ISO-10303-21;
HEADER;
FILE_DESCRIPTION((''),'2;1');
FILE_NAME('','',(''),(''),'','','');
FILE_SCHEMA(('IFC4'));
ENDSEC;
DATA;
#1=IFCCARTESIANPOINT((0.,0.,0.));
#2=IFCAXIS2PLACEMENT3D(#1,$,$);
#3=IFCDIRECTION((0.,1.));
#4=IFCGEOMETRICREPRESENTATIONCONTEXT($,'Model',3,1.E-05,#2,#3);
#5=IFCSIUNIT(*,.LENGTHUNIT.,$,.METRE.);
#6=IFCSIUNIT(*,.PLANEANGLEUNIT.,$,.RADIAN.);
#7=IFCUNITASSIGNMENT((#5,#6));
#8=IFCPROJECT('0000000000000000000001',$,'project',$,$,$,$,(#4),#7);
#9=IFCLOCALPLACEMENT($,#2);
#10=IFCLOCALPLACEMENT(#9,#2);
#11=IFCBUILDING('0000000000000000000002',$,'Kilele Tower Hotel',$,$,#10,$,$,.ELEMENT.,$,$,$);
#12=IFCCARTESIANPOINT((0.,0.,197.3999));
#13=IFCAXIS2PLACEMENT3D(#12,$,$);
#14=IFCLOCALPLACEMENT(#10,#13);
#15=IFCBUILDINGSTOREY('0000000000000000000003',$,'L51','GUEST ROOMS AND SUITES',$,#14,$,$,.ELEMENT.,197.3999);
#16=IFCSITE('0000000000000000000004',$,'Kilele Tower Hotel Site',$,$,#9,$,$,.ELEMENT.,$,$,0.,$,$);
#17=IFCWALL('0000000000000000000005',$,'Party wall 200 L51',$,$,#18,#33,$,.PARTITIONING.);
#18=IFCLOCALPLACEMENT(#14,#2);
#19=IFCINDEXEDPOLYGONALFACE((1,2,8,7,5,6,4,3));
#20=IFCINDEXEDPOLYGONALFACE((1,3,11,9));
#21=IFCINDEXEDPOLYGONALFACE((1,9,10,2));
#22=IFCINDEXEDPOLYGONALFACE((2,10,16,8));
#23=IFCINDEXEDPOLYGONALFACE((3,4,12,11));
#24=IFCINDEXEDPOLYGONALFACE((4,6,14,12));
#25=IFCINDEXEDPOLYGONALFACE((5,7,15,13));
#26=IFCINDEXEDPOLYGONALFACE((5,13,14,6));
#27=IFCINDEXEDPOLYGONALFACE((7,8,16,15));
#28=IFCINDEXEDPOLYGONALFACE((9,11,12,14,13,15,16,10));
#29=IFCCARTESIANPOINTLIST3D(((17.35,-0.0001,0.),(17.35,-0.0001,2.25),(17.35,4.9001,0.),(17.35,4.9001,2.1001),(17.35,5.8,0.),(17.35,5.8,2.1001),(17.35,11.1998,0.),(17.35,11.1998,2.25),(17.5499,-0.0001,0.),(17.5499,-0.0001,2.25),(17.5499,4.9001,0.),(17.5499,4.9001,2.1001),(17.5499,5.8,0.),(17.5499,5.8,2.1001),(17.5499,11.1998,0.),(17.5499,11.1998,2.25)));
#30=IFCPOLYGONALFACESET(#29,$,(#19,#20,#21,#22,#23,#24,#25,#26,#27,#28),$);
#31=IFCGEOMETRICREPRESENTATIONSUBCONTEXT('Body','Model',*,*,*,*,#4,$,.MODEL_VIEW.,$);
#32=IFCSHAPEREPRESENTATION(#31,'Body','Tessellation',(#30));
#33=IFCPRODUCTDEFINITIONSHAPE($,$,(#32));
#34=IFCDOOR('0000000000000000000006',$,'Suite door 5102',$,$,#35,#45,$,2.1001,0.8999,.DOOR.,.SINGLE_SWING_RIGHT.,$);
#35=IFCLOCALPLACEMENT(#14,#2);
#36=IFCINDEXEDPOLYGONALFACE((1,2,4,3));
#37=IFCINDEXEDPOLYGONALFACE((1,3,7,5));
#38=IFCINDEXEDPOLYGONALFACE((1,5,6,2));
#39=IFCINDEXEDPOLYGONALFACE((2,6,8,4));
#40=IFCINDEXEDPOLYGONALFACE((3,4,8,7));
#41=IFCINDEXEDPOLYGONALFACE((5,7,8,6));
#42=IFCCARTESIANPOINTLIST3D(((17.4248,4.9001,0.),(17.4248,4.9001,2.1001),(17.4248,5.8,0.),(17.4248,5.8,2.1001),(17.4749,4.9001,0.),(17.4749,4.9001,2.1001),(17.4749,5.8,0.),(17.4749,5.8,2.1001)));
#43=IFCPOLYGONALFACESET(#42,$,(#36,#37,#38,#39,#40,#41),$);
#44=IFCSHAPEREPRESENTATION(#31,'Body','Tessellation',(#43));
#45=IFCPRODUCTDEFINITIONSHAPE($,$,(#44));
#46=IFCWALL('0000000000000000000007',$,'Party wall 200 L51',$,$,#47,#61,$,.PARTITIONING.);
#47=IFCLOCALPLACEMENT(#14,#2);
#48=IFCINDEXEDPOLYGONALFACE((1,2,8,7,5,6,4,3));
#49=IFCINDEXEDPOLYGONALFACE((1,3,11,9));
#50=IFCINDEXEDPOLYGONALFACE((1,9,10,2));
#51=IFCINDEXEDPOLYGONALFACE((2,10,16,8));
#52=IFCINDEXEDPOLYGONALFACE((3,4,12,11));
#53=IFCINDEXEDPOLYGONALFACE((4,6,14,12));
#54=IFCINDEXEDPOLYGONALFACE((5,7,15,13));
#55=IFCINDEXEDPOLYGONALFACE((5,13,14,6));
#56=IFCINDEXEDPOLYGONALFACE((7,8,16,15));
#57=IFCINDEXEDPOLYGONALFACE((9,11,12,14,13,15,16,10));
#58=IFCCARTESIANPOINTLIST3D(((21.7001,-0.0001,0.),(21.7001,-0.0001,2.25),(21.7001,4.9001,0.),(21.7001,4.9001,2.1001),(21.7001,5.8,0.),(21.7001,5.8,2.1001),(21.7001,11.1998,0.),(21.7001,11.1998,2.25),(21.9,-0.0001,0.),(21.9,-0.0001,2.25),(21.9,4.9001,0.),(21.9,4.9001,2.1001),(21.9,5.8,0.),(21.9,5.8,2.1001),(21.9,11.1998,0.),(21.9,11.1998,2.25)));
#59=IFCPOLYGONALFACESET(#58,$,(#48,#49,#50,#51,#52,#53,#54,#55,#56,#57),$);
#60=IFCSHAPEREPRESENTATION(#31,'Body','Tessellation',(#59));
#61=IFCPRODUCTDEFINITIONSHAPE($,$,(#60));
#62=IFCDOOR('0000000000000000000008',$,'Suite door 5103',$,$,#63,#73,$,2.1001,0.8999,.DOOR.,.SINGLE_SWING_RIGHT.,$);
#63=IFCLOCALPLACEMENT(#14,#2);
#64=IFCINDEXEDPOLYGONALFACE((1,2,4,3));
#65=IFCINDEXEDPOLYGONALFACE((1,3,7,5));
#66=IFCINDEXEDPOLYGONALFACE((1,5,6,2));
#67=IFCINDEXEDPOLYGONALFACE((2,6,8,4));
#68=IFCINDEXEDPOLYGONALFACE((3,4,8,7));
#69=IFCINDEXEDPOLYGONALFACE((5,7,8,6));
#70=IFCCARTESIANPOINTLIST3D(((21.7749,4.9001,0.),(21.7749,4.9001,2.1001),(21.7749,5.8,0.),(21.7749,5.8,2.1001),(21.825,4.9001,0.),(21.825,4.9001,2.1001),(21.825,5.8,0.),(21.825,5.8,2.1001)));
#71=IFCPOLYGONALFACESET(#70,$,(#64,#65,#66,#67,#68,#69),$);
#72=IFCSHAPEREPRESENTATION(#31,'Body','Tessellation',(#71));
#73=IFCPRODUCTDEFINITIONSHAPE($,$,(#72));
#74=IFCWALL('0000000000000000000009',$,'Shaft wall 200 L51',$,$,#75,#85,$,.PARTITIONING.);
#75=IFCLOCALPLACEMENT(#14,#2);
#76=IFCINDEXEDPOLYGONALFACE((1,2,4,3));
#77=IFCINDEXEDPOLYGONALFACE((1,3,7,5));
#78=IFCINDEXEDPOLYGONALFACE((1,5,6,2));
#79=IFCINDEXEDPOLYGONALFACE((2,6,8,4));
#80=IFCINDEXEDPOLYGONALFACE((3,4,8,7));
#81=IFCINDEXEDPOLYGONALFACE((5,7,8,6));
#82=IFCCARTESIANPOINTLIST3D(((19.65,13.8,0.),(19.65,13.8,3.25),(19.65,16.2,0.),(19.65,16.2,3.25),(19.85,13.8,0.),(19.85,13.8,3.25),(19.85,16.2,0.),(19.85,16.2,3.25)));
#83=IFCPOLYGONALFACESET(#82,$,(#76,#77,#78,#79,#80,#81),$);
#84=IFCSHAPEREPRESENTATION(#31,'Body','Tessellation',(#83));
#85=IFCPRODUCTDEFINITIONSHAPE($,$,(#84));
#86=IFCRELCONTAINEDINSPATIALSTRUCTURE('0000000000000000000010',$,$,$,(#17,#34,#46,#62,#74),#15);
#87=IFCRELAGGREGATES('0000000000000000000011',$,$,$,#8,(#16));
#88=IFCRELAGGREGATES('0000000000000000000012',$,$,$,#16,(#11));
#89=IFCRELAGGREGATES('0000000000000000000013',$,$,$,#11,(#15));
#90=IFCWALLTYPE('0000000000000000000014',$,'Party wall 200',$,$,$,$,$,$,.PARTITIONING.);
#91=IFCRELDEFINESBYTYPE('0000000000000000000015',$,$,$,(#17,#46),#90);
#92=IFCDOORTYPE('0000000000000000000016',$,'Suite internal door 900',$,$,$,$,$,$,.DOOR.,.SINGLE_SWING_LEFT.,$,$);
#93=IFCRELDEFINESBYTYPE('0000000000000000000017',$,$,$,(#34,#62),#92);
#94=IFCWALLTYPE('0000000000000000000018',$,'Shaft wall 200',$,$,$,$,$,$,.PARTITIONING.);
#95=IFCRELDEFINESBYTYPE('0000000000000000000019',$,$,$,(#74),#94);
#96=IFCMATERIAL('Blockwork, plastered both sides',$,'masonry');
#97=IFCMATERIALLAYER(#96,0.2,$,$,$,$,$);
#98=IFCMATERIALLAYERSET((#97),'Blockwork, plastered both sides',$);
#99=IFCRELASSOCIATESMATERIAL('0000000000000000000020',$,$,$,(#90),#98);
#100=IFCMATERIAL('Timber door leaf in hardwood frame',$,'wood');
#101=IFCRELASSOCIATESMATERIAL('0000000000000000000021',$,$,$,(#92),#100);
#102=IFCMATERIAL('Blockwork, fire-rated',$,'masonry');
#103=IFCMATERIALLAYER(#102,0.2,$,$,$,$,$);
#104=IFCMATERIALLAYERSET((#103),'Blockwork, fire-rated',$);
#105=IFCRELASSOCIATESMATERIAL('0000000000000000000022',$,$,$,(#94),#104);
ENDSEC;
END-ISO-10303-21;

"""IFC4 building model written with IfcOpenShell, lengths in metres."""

from ifc_helpers import new_model, si_unit, direction, frame, frame_2d, origin, place, context, subcontext, project, spatial, rectangle, extrude, material, layer, layer_set, type_object, element, fill, save


model = new_model("IFC4")

# Units and contexts
model_context = context("Model", 3, precision=1e-05, world=origin(), true_north=direction((0.0, 1.0)))
body_context = subcontext(model_context, "Body", "Model", "MODEL_VIEW")
ifc_project = project(units=[si_unit("LENGTHUNIT", "METRE"), si_unit("PLANEANGLEUNIT", "RADIAN")], contexts=[model_context])

# Site, building, storey
site_placement = place(None, origin())
site = spatial("IfcSite", under=ifc_project, at=site_placement, Name="Kilele Tower Hotel Site", CompositionType="ELEMENT", RefElevation=0.0)
building_placement = place(site_placement, origin())
building = spatial("IfcBuilding", under=site, at=building_placement, Name="Kilele Tower Hotel", CompositionType="ELEMENT")
storey_placement = place(building_placement, frame((0.0, 0.0, 197.3999)))
storey = spatial("IfcBuildingStorey", under=building, at=storey_placement, Name="L51", Description="GUEST ROOMS AND SUITES", CompositionType="ELEMENT", Elevation=197.3999)

# Walls, openings, doors
ifc_material_1 = material(Name="Blockwork, plastered both sides", Category="masonry")
ifc_layer_1 = layer(ifc_material_1, 0.2)
ifc_layer_set_1 = layer_set([ifc_layer_1], Name="Blockwork, plastered both sides")
wall_type_1 = type_object("IfcWallType", Name="Party wall 200", PredefinedType="PARTITIONING", material=ifc_layer_set_1)
wall_1_placement = place(storey_placement, frame((17.45, 11.2, 0.0), z_axis=(0.0, 0.0, 1.0), x_axis=(0.0, -1.0, 0.0)))
wall_1 = element("IfcWall", 1, at=wall_1_placement, inside=storey, type_object=wall_type_1, Name="Party wall 200 L51", PredefinedType="PARTITIONING", context=body_context, shape_type="SweptSolid", body=[
    extrude(rectangle(XDim=11.2, YDim=0.2, at=frame_2d((5.6001, 0.0))), origin(), (0.0, 0.0, 1.0), 2.25),
])
opening_1_placement = place(wall_1_placement, frame((5.3999, 0.0, 0.0)))
opening_1 = element("IfcOpeningElement", 2, at=opening_1_placement, cuts=wall_1, PredefinedType="OPENING", context=body_context, shape_type="SweptSolid", body=[
    extrude(rectangle(XDim=0.8999, YDim=2.1001, at=frame_2d((0.45, 1.05))), frame((0.0, 0.1099, 0.0), z_axis=(0.0, -1.0, 0.0), x_axis=(1.0, 0.0, 0.0)), (0.0, 0.0, 1.0), 0.22),
])
ifc_material_2 = material(Name="Timber door leaf in hardwood frame", Category="wood")
door_type_1 = type_object("IfcDoorType", Name="Suite internal door 900", OperationType="SINGLE_SWING_LEFT", PredefinedType="DOOR", material=ifc_material_2)
door_1_placement = place(opening_1_placement, origin())
door_1 = element("IfcDoor", 3, at=door_1_placement, inside=storey, type_object=door_type_1, Name="Suite door 5102", OperationType="SINGLE_SWING_RIGHT", OverallHeight=2.1001, OverallWidth=0.8999, PredefinedType="DOOR", context=body_context, shape_type="SweptSolid", body=[
    extrude(rectangle(XDim=0.8999, YDim=2.1001, at=frame_2d((0.45, 1.05))), frame((0.0, 0.0249, 0.0), z_axis=(0.0, -1.0, 0.0), x_axis=(1.0, 0.0, 0.0)), (0.0, 0.0, 1.0), 0.05),
])
fill(opening_1, door_1)
wall_2_placement = place(storey_placement, frame((21.8, 11.2, 0.0), z_axis=(0.0, 0.0, 1.0), x_axis=(0.0, -1.0, 0.0)))
wall_2 = element("IfcWall", 4, at=wall_2_placement, inside=storey, type_object=wall_type_1, Name="Party wall 200 L51", PredefinedType="PARTITIONING", context=body_context, shape_type="SweptSolid", body=[
    extrude(rectangle(XDim=11.2, YDim=0.2, at=frame_2d((5.6001, 0.0))), origin(), (0.0, 0.0, 1.0), 2.25),
])
opening_2_placement = place(wall_2_placement, frame((5.3999, 0.0, 0.0)))
opening_2 = element("IfcOpeningElement", 5, at=opening_2_placement, cuts=wall_2, PredefinedType="OPENING", context=body_context, shape_type="SweptSolid", body=[
    extrude(rectangle(XDim=0.8999, YDim=2.1001, at=frame_2d((0.45, 1.05))), frame((0.0, 0.1099, 0.0), z_axis=(0.0, -1.0, 0.0), x_axis=(1.0, 0.0, 0.0)), (0.0, 0.0, 1.0), 0.22),
])
door_2_placement = place(opening_2_placement, origin())
door_2 = element("IfcDoor", 6, at=door_2_placement, inside=storey, type_object=door_type_1, Name="Suite door 5103", OperationType="SINGLE_SWING_RIGHT", OverallHeight=2.1001, OverallWidth=0.8999, PredefinedType="DOOR", context=body_context, shape_type="SweptSolid", body=[
    extrude(rectangle(XDim=0.8999, YDim=2.1001, at=frame_2d((0.45, 1.05))), frame((0.0, 0.0249, 0.0), z_axis=(0.0, -1.0, 0.0), x_axis=(1.0, 0.0, 0.0)), (0.0, 0.0, 1.0), 0.05),
])
fill(opening_2, door_2)

# Wall
ifc_material_3 = material(Name="Blockwork, fire-rated", Category="masonry")
ifc_layer_2 = layer(ifc_material_3, 0.2)
ifc_layer_set_2 = layer_set([ifc_layer_2], Name="Blockwork, fire-rated")
wall_type_2 = type_object("IfcWallType", Name="Shaft wall 200", PredefinedType="PARTITIONING", material=ifc_layer_set_2)
wall_3_placement = place(storey_placement, frame((19.75, 13.8, 0.0), z_axis=(0.0, 0.0, 1.0), x_axis=(0.0, 1.0, 0.0)))
element("IfcWall", 7, at=wall_3_placement, inside=storey, type_object=wall_type_2, Name="Shaft wall 200 L51", PredefinedType="PARTITIONING", context=body_context, shape_type="SweptSolid", body=[
    extrude(rectangle(XDim=2.3999, YDim=0.2, at=frame_2d((1.2, 0.0))), origin(), (0.0, 0.0, 1.0), 3.25),
])

save(model, "model.ifc")
